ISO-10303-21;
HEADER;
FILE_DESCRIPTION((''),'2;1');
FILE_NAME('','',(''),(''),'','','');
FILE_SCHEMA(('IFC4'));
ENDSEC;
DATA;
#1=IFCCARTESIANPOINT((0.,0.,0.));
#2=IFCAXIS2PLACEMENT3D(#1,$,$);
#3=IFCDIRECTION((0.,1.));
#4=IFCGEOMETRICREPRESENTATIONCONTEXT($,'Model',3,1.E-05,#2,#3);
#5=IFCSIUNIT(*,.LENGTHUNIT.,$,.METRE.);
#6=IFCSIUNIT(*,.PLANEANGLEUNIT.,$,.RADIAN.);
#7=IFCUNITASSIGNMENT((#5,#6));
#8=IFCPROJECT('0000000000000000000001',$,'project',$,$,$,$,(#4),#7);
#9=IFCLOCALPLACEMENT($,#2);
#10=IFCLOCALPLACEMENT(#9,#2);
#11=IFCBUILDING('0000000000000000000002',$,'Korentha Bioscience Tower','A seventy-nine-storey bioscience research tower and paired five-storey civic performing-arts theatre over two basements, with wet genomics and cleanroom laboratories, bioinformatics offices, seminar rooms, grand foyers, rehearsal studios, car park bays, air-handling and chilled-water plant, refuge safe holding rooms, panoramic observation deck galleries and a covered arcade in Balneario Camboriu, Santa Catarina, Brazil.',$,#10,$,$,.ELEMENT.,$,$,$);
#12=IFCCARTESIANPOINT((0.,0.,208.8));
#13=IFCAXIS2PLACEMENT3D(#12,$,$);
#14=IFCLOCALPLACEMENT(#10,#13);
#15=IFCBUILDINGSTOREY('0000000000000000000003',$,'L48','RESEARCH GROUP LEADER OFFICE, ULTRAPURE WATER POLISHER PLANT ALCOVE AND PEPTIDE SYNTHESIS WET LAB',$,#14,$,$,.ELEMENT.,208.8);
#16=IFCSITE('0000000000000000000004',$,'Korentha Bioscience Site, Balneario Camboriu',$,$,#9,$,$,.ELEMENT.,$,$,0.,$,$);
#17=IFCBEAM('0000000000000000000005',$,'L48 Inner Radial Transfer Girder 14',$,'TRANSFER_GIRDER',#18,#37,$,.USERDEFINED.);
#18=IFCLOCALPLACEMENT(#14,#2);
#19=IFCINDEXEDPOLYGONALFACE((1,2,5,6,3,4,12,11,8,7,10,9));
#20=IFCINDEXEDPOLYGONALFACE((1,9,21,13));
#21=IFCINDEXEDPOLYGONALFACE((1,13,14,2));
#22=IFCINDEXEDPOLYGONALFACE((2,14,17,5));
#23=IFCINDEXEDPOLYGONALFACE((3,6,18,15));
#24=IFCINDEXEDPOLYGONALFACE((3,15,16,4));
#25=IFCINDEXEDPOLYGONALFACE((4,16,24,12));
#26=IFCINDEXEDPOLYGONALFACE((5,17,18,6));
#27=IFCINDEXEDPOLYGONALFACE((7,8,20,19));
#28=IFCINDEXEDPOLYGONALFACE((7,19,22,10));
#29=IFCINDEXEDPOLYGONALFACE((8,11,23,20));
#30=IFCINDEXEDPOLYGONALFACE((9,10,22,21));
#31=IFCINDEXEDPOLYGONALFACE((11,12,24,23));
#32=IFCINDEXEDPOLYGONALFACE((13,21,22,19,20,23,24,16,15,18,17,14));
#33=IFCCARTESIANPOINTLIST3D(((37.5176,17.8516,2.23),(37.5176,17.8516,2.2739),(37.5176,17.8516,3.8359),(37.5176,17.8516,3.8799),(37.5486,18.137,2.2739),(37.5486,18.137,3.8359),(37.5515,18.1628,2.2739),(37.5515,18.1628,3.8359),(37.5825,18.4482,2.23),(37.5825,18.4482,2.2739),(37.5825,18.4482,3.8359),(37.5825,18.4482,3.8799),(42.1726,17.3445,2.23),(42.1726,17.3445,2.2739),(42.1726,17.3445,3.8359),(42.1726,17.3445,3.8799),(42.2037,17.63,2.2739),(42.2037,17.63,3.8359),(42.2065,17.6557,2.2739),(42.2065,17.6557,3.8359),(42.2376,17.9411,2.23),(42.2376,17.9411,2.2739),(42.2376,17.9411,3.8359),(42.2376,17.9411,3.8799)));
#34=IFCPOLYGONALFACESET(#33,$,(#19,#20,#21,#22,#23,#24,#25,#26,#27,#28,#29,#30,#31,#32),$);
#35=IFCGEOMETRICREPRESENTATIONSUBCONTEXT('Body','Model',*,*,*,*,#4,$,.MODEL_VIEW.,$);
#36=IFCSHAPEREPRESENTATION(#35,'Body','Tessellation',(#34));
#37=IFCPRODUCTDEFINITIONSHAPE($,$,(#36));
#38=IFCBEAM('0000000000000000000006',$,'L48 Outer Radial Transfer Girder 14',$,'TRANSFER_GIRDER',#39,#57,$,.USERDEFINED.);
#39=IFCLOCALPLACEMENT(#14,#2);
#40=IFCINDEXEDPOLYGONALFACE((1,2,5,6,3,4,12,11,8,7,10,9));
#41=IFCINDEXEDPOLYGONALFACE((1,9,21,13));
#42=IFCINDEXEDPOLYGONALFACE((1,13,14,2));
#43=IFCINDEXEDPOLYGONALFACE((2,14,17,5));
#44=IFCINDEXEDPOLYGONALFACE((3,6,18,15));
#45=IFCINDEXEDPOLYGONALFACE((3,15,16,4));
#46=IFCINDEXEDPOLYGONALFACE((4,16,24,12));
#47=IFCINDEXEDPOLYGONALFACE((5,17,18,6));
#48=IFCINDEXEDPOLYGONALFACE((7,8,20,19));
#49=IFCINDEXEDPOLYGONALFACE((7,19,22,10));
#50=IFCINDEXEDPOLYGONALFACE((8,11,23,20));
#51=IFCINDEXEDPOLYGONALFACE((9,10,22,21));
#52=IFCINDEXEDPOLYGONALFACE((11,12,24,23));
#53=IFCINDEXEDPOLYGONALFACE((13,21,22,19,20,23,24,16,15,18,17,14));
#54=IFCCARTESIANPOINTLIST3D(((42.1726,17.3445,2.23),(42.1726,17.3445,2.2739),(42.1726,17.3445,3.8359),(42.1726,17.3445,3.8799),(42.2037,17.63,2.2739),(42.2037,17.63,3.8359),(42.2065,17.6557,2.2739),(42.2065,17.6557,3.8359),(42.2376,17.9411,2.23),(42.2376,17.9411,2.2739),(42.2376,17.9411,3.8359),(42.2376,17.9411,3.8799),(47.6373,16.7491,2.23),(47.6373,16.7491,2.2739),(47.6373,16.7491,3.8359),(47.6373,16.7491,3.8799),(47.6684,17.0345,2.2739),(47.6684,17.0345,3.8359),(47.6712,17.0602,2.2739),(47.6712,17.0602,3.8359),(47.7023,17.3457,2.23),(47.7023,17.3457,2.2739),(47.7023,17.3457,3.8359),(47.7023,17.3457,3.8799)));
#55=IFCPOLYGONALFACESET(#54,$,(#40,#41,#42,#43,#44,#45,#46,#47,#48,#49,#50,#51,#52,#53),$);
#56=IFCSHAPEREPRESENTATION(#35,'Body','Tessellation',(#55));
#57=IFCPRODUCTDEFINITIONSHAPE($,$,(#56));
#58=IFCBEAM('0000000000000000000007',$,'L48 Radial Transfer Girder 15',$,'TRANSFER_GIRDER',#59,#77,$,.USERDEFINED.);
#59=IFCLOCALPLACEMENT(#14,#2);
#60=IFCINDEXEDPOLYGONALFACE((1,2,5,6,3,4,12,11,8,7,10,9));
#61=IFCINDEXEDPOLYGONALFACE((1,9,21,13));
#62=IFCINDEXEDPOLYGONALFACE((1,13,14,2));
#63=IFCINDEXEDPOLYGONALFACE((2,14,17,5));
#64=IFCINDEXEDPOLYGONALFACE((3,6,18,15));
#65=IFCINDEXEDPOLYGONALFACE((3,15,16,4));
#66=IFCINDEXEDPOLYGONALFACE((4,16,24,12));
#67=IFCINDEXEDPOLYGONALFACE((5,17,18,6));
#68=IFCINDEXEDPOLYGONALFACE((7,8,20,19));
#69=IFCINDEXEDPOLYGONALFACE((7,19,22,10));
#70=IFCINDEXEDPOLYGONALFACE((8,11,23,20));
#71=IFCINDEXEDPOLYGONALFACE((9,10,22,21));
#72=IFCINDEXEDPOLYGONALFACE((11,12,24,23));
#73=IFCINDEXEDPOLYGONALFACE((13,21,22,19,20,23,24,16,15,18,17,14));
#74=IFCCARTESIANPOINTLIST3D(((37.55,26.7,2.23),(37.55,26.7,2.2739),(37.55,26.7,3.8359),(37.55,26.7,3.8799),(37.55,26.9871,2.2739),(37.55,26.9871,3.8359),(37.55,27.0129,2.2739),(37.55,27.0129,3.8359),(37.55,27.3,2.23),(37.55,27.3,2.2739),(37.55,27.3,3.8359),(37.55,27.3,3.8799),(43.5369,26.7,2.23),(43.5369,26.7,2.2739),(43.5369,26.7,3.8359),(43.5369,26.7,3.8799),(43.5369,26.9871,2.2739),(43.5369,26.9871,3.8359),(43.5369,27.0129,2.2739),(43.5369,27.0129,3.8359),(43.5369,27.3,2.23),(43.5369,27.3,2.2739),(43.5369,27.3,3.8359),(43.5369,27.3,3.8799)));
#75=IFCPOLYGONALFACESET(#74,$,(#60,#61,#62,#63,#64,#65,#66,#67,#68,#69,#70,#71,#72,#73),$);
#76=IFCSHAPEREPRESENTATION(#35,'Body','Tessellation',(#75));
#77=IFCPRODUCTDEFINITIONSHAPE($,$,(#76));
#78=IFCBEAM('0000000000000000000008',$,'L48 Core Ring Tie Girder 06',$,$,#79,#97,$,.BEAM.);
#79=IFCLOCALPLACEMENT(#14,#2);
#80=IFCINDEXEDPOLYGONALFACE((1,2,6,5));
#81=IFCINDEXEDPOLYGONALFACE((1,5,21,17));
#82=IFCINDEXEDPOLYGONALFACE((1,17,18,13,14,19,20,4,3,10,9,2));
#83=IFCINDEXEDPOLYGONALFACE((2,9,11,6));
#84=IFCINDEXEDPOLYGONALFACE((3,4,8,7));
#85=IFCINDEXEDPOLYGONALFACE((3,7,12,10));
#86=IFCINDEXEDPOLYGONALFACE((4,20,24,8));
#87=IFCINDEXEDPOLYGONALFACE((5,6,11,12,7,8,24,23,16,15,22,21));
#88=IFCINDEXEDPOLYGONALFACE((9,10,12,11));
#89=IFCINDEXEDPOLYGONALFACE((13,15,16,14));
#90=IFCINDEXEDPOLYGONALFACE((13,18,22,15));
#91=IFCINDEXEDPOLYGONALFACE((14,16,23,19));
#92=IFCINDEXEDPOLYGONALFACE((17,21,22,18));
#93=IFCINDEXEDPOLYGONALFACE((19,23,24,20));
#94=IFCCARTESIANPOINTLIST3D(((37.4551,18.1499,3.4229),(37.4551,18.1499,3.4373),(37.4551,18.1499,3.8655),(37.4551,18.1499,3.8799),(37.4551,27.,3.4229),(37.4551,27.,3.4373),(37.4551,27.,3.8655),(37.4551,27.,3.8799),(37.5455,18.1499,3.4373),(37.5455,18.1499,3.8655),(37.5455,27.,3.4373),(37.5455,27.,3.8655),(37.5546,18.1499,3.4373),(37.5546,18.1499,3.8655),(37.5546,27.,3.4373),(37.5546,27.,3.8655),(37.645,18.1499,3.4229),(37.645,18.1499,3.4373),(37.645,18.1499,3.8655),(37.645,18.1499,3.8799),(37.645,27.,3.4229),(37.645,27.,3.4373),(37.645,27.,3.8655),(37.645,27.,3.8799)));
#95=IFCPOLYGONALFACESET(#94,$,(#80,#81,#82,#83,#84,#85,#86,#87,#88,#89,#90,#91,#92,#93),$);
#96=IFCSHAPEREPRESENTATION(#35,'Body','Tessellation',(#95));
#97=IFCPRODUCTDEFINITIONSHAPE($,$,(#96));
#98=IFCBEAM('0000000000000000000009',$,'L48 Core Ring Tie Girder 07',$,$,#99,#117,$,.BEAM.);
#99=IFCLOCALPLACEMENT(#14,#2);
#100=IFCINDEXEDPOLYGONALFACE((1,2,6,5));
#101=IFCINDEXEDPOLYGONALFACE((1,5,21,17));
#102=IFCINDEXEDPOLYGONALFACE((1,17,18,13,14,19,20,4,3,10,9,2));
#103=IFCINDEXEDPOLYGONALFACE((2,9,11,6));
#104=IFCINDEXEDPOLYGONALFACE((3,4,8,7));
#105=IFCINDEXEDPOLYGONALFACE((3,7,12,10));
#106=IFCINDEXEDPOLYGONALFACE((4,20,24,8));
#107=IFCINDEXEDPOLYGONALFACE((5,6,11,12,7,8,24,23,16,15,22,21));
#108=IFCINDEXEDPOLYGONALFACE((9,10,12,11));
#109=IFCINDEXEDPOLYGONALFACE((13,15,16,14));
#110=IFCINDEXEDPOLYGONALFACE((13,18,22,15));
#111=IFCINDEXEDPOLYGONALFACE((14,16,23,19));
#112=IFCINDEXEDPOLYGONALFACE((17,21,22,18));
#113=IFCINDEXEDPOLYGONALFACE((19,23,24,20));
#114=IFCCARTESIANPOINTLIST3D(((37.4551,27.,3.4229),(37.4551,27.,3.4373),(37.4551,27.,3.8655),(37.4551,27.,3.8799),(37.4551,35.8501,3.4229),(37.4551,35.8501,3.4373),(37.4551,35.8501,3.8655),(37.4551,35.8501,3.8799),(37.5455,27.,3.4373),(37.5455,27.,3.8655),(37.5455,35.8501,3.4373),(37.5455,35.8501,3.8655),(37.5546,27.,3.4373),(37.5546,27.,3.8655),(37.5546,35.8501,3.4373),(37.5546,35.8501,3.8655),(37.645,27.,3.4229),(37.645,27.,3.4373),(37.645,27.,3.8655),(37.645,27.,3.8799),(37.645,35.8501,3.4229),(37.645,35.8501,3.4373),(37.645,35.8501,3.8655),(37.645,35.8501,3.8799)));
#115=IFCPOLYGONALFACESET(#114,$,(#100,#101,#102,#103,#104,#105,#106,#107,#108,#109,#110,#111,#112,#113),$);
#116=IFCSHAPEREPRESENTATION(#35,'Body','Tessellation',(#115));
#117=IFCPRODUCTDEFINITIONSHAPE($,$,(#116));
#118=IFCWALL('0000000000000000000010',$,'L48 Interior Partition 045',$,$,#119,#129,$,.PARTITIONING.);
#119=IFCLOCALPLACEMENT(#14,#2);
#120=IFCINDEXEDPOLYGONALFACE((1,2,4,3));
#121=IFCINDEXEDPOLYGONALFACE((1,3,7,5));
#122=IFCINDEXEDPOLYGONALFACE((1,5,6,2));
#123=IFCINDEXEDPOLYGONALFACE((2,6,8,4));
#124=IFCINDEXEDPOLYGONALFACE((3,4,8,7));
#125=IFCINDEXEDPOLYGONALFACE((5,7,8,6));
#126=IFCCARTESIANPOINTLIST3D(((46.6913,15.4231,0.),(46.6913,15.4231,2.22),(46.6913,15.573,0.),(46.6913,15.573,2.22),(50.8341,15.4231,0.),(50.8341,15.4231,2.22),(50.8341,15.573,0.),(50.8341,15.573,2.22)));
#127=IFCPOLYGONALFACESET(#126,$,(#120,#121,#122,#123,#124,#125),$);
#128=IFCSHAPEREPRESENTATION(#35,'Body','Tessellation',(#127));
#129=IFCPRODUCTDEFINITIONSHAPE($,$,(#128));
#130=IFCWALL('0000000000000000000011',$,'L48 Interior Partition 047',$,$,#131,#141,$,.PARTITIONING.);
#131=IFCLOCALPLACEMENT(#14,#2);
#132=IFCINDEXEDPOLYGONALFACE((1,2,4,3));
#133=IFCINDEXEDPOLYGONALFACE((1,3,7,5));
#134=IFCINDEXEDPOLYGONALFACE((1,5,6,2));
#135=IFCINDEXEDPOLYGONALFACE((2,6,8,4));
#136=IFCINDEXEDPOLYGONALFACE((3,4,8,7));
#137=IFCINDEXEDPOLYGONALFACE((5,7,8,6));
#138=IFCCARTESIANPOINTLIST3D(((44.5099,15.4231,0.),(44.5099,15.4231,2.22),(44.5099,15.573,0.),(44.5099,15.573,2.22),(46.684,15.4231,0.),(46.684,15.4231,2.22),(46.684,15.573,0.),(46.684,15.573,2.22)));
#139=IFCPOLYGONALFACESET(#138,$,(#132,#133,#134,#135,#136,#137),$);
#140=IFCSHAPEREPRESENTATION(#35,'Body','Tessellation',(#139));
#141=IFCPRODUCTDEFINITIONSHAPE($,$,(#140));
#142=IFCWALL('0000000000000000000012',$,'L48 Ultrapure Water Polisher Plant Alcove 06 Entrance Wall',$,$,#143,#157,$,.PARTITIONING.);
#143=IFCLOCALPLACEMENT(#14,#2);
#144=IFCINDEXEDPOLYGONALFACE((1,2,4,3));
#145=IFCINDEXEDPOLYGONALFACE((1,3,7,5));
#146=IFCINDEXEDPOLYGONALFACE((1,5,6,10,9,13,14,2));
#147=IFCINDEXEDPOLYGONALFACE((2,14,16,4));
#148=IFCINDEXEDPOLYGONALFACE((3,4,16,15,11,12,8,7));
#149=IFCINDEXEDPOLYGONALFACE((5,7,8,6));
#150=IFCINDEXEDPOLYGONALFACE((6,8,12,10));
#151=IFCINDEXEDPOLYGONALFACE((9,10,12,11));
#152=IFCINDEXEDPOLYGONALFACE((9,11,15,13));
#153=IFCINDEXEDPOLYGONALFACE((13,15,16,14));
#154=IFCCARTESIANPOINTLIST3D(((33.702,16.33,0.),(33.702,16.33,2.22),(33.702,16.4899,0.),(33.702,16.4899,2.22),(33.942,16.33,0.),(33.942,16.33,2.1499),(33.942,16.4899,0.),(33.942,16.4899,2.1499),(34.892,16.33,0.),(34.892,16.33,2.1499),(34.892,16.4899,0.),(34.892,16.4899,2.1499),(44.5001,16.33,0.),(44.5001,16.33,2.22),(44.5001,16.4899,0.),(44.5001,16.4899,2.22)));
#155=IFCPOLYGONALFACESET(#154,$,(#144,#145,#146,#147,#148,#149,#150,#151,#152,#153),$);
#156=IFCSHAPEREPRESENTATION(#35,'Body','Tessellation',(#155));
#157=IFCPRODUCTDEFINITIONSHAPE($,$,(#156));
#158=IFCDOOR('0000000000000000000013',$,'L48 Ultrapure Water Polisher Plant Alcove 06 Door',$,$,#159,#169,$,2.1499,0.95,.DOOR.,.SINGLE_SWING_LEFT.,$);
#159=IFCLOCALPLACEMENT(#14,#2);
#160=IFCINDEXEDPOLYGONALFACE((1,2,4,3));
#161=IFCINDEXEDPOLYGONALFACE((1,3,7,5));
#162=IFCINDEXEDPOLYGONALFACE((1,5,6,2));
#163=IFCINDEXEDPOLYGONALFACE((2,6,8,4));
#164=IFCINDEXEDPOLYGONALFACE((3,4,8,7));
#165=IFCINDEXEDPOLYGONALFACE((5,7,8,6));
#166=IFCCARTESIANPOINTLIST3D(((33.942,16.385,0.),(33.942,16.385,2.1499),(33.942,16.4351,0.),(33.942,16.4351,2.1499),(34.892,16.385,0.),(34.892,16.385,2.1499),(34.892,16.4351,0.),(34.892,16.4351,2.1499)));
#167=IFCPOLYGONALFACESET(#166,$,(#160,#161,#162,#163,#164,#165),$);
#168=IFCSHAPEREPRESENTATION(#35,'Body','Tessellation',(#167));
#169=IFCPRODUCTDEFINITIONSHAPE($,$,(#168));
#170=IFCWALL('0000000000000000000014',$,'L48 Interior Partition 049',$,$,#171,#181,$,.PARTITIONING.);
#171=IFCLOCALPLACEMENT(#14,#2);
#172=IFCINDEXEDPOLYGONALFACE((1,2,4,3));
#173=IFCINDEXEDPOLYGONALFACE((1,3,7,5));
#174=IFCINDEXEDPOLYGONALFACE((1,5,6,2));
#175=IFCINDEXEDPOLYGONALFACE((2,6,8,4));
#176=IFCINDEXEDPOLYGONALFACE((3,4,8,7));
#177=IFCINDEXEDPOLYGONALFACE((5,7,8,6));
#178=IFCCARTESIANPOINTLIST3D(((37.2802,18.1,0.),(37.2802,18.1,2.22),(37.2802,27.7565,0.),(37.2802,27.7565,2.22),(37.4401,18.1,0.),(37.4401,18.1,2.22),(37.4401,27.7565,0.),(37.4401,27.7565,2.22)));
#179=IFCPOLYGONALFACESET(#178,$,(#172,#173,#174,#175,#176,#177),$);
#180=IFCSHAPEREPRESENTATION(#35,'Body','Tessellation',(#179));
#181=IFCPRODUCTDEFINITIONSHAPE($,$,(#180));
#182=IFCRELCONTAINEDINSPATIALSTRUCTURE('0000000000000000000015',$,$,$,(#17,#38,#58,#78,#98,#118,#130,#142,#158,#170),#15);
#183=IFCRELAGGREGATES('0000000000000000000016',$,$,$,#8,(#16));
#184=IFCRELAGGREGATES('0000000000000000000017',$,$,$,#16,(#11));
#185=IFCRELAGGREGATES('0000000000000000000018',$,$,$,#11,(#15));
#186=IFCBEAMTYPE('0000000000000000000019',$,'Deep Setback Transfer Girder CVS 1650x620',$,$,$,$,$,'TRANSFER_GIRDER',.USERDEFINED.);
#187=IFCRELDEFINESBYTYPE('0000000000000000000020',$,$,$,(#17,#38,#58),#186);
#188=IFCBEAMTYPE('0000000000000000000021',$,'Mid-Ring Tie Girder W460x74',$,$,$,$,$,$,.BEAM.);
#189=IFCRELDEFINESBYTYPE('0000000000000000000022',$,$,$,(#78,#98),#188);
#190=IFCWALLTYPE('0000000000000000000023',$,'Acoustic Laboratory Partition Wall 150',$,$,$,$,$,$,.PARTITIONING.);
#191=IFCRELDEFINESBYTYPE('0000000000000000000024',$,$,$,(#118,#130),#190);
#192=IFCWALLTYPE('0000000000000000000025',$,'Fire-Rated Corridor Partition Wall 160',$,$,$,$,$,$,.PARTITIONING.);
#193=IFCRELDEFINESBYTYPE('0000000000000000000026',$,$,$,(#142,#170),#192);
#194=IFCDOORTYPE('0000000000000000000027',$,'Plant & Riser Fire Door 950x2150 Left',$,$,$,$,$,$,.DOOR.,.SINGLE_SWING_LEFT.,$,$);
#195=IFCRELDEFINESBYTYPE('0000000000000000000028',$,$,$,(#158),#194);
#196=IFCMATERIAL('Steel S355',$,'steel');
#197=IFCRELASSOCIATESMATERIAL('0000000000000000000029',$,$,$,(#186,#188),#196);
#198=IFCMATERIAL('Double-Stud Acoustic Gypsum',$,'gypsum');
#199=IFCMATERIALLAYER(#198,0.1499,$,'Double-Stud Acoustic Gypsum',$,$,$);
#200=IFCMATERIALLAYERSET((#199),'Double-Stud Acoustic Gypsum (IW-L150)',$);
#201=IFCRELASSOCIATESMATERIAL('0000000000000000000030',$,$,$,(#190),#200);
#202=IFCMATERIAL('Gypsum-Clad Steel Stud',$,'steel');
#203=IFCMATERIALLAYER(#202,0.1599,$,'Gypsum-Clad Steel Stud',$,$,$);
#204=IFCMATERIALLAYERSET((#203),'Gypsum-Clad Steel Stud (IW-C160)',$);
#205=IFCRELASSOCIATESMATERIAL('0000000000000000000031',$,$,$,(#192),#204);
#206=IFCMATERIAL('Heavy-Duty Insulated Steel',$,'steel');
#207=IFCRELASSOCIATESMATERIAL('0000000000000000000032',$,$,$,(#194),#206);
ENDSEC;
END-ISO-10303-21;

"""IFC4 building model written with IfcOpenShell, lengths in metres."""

from ifc_helpers import new_model, si_unit, direction, frame, frame_2d, origin, origin_2d, place, context, subcontext, project, spatial, rectangle, i_section, extrude, material, layer, layer_set, material_profile, profile_set, type_object, element, fill, save


model = new_model("IFC4")

# Units and contexts
model_context = context("Model", 3, precision=1e-05, world=origin(), true_north=direction((0.0, 1.0)))
body_context = subcontext(model_context, "Body", "Model", "MODEL_VIEW")
ifc_project = project(units=[si_unit("LENGTHUNIT", "METRE"), si_unit("PLANEANGLEUNIT", "RADIAN")], contexts=[model_context])

# Site, building, storey
site_placement = place(None, origin())
site = spatial("IfcSite", under=ifc_project, at=site_placement, Name="Korentha Bioscience Site, Balneario Camboriu", CompositionType="ELEMENT", RefElevation=0.0)
building_placement = place(site_placement, origin())
building = spatial("IfcBuilding", under=site, at=building_placement, Name="Korentha Bioscience Tower", Description="A seventy-nine-storey bioscience research tower and paired five-storey civic performing-arts theatre over two basements, with wet genomics and cleanroom laboratories, bioinformatics offices, seminar rooms, grand foyers, rehearsal studios, car park bays, air-handling and chilled-water plant, refuge safe holding rooms, panoramic observation deck galleries and a covered arcade in Balneario Camboriu, Santa Catarina, Brazil.", CompositionType="ELEMENT")
storey_placement = place(building_placement, frame((0.0, 0.0, 208.8)))
storey = spatial("IfcBuildingStorey", under=building, at=storey_placement, Name="L48", Description="RESEARCH GROUP LEADER OFFICE, ULTRAPURE WATER POLISHER PLANT ALCOVE AND PEPTIDE SYNTHESIS WET LAB", CompositionType="ELEMENT", Elevation=208.8)

# Beams
ifc_material_1 = material(Name="Steel S355", Category="steel")
ifc_material_profile_1 = material_profile(ifc_material_1, i_section(OverallWidth=0.6001, OverallDepth=1.6499, WebThickness=0.0259, FlangeThickness=0.0439, at=origin_2d()), Name="Steel S355")
ifc_profile_set_1 = profile_set([ifc_material_profile_1], Name="Steel S355 (TG-04)")
beam_type_1 = type_object("IfcBeamType", Name="Deep Setback Transfer Girder CVS 1650x620", ElementType="TRANSFER_GIRDER", PredefinedType="USERDEFINED", material=ifc_profile_set_1)
beam_1_placement = place(storey_placement, frame((37.55, 18.1499, 3.0549), z_axis=(0.994119, -0.108291, 0.0), x_axis=(0.108291, 0.994119, 0.0)))
element("IfcBeam", 1, at=beam_1_placement, inside=storey, type_object=beam_type_1, Name="L48 Inner Radial Transfer Girder 14", ObjectType="TRANSFER_GIRDER", PredefinedType="USERDEFINED", context=body_context, shape_type="SweptSolid", body=[
    extrude(i_section(OverallWidth=0.6001, OverallDepth=1.6499, WebThickness=0.0259, FlangeThickness=0.0439, at=origin_2d()), origin(), (0.0, 0.0, 1.0), 4.6826),
])
beam_2_placement = place(storey_placement, frame((42.2051, 17.6428, 3.0549), z_axis=(0.994116, -0.108321, 0.0), x_axis=(0.108321, 0.994116, 0.0)))
element("IfcBeam", 2, at=beam_2_placement, inside=storey, type_object=beam_type_1, Name="L48 Outer Radial Transfer Girder 14", ObjectType="TRANSFER_GIRDER", PredefinedType="USERDEFINED", context=body_context, shape_type="SweptSolid", body=[
    extrude(i_section(OverallWidth=0.6001, OverallDepth=1.6499, WebThickness=0.0259, FlangeThickness=0.0439, at=origin_2d()), origin(), (0.0, 0.0, 1.0), 5.4971),
])
beam_3_placement = place(storey_placement, frame((37.55, 27.0, 3.0549), z_axis=(1.0, 0.0, 0.0), x_axis=(0.0, 1.0, 0.0)))
element("IfcBeam", 3, at=beam_3_placement, inside=storey, type_object=beam_type_1, Name="L48 Radial Transfer Girder 15", ObjectType="TRANSFER_GIRDER", PredefinedType="USERDEFINED", context=body_context, shape_type="SweptSolid", body=[
    extrude(i_section(OverallWidth=0.6001, OverallDepth=1.6499, WebThickness=0.0259, FlangeThickness=0.0439, at=origin_2d()), origin(), (0.0, 0.0, 1.0), 5.9868),
])
ifc_material_profile_2 = material_profile(ifc_material_1, i_section(OverallWidth=0.1899, OverallDepth=0.457, WebThickness=0.009, FlangeThickness=0.0144, at=origin_2d()), Name="Steel S355")
ifc_profile_set_2 = profile_set([ifc_material_profile_2], Name="Steel S355 (MB-460)")
beam_type_2 = type_object("IfcBeamType", Name="Mid-Ring Tie Girder W460x74", PredefinedType="BEAM", material=ifc_profile_set_2)
for number, where, z_axis, x_axis, name in (
    (4, (37.55, 18.1499, 3.6514), (0.0, 1.0, 0.0), (-1.0, 0.0, 0.0), "L48 Core Ring Tie Girder 06"),
    (5, (37.55, 27.0, 3.6514), (0.0, 1.0, 0.0), (-1.0, 0.0, 0.0), "L48 Core Ring Tie Girder 07"),
):
    element("IfcBeam", number, at=place(storey_placement, frame(where, z_axis=z_axis, x_axis=x_axis)), inside=storey, type_object=beam_type_2, Name=name, PredefinedType="BEAM", context=body_context, shape_type="SweptSolid", body=[
        extrude(i_section(OverallWidth=0.1899, OverallDepth=0.457, WebThickness=0.009, FlangeThickness=0.0144, at=origin_2d()), origin(), (0.0, 0.0, 1.0), 8.8501),
    ])

# Walls
ifc_material_2 = material(Name="Double-Stud Acoustic Gypsum", Category="gypsum")
ifc_layer_1 = layer(ifc_material_2, 0.1499, Name="Double-Stud Acoustic Gypsum")
ifc_layer_set_1 = layer_set([ifc_layer_1], Name="Double-Stud Acoustic Gypsum (IW-L150)")
wall_type_1 = type_object("IfcWallType", Name="Acoustic Laboratory Partition Wall 150", PredefinedType="PARTITIONING", material=ifc_layer_set_1)
wall_1_placement = place(storey_placement, frame((46.6914, 15.498, 0.0), z_axis=(0.0, 0.0, 1.0), x_axis=(1.0, 0.0, 0.0)))
element("IfcWall", 6, at=wall_1_placement, inside=storey, type_object=wall_type_1, Name="L48 Interior Partition 045", PredefinedType="PARTITIONING", context=body_context, shape_type="SweptSolid", body=[
    extrude(rectangle(XDim=4.1428, YDim=0.1499, at=frame_2d((2.0713, 0.0))), origin(), (0.0, 0.0, 1.0), 2.22),
])
wall_2_placement = place(storey_placement, frame((44.51, 15.498, 0.0), z_axis=(0.0, 0.0, 1.0), x_axis=(1.0, 0.0, 0.0)))
element("IfcWall", 7, at=wall_2_placement, inside=storey, type_object=wall_type_1, Name="L48 Interior Partition 047", PredefinedType="PARTITIONING", context=body_context, shape_type="SweptSolid", body=[
    extrude(rectangle(XDim=2.1741, YDim=0.1499, at=frame_2d((1.0869, 0.0))), origin(), (0.0, 0.0, 1.0), 2.22),
])

# Wall, opening, door
ifc_material_3 = material(Name="Gypsum-Clad Steel Stud", Category="steel")
ifc_layer_2 = layer(ifc_material_3, 0.1599, Name="Gypsum-Clad Steel Stud")
ifc_layer_set_2 = layer_set([ifc_layer_2], Name="Gypsum-Clad Steel Stud (IW-C160)")
wall_type_2 = type_object("IfcWallType", Name="Fire-Rated Corridor Partition Wall 160", PredefinedType="PARTITIONING", material=ifc_layer_set_2)
wall_3_placement = place(storey_placement, frame((44.5, 16.4099, 0.0), z_axis=(0.0, 0.0, 1.0), x_axis=(-1.0, 0.0, 0.0)))
wall_3 = element("IfcWall", 8, at=wall_3_placement, inside=storey, type_object=wall_type_2, Name="L48 Ultrapure Water Polisher Plant Alcove 06 Entrance Wall", PredefinedType="PARTITIONING", context=body_context, shape_type="SweptSolid", body=[
    extrude(rectangle(XDim=10.7981, YDim=0.1599, at=frame_2d((5.3989, 0.0))), origin(), (0.0, 0.0, 1.0), 2.22),
])
opening_placement = place(wall_3_placement, frame((9.6079, 0.0, 0.0)))
opening = element("IfcOpeningElement", 9, at=opening_placement, cuts=wall_3, PredefinedType="OPENING", context=body_context, shape_type="SweptSolid", body=[
    extrude(rectangle(XDim=0.95, YDim=2.1499, at=frame_2d((0.4751, 1.075))), frame((0.0, 0.0947, 0.0), z_axis=(0.0, -1.0, 0.0), x_axis=(1.0, 0.0, 0.0)), (0.0, 0.0, 1.0), 0.1897),
])
ifc_material_4 = material(Name="Heavy-Duty Insulated Steel", Category="steel")
door_type = type_object("IfcDoorType", Name="Plant & Riser Fire Door 950x2150 Left", OperationType="SINGLE_SWING_LEFT", PredefinedType="DOOR", material=ifc_material_4)
door_placement = place(opening_placement, origin())
door = element("IfcDoor", 10, at=door_placement, inside=storey, type_object=door_type, Name="L48 Ultrapure Water Polisher Plant Alcove 06 Door", OperationType="SINGLE_SWING_LEFT", OverallHeight=2.1499, OverallWidth=0.95, PredefinedType="DOOR", context=body_context, shape_type="SweptSolid", body=[
    extrude(rectangle(XDim=0.95, YDim=2.1499, at=frame_2d((0.4751, 1.075))), frame((0.0, 0.0249, 0.0), z_axis=(0.0, -1.0, 0.0), x_axis=(1.0, 0.0, 0.0)), (0.0, 0.0, 1.0), 0.05),
])
fill(opening, door)

# Wall
wall_4_placement = place(storey_placement, frame((37.3601, 18.1001, 0.0), z_axis=(0.0, 0.0, 1.0), x_axis=(0.0, 1.0, 0.0)))
element("IfcWall", 11, at=wall_4_placement, inside=storey, type_object=wall_type_2, Name="L48 Interior Partition 049", PredefinedType="PARTITIONING", context=body_context, shape_type="SweptSolid", body=[
    extrude(rectangle(XDim=9.6565, YDim=0.1599, at=frame_2d((4.8281, 0.0))), origin(), (0.0, 0.0, 1.0), 2.22),
])

save(model, "model.ifc")
